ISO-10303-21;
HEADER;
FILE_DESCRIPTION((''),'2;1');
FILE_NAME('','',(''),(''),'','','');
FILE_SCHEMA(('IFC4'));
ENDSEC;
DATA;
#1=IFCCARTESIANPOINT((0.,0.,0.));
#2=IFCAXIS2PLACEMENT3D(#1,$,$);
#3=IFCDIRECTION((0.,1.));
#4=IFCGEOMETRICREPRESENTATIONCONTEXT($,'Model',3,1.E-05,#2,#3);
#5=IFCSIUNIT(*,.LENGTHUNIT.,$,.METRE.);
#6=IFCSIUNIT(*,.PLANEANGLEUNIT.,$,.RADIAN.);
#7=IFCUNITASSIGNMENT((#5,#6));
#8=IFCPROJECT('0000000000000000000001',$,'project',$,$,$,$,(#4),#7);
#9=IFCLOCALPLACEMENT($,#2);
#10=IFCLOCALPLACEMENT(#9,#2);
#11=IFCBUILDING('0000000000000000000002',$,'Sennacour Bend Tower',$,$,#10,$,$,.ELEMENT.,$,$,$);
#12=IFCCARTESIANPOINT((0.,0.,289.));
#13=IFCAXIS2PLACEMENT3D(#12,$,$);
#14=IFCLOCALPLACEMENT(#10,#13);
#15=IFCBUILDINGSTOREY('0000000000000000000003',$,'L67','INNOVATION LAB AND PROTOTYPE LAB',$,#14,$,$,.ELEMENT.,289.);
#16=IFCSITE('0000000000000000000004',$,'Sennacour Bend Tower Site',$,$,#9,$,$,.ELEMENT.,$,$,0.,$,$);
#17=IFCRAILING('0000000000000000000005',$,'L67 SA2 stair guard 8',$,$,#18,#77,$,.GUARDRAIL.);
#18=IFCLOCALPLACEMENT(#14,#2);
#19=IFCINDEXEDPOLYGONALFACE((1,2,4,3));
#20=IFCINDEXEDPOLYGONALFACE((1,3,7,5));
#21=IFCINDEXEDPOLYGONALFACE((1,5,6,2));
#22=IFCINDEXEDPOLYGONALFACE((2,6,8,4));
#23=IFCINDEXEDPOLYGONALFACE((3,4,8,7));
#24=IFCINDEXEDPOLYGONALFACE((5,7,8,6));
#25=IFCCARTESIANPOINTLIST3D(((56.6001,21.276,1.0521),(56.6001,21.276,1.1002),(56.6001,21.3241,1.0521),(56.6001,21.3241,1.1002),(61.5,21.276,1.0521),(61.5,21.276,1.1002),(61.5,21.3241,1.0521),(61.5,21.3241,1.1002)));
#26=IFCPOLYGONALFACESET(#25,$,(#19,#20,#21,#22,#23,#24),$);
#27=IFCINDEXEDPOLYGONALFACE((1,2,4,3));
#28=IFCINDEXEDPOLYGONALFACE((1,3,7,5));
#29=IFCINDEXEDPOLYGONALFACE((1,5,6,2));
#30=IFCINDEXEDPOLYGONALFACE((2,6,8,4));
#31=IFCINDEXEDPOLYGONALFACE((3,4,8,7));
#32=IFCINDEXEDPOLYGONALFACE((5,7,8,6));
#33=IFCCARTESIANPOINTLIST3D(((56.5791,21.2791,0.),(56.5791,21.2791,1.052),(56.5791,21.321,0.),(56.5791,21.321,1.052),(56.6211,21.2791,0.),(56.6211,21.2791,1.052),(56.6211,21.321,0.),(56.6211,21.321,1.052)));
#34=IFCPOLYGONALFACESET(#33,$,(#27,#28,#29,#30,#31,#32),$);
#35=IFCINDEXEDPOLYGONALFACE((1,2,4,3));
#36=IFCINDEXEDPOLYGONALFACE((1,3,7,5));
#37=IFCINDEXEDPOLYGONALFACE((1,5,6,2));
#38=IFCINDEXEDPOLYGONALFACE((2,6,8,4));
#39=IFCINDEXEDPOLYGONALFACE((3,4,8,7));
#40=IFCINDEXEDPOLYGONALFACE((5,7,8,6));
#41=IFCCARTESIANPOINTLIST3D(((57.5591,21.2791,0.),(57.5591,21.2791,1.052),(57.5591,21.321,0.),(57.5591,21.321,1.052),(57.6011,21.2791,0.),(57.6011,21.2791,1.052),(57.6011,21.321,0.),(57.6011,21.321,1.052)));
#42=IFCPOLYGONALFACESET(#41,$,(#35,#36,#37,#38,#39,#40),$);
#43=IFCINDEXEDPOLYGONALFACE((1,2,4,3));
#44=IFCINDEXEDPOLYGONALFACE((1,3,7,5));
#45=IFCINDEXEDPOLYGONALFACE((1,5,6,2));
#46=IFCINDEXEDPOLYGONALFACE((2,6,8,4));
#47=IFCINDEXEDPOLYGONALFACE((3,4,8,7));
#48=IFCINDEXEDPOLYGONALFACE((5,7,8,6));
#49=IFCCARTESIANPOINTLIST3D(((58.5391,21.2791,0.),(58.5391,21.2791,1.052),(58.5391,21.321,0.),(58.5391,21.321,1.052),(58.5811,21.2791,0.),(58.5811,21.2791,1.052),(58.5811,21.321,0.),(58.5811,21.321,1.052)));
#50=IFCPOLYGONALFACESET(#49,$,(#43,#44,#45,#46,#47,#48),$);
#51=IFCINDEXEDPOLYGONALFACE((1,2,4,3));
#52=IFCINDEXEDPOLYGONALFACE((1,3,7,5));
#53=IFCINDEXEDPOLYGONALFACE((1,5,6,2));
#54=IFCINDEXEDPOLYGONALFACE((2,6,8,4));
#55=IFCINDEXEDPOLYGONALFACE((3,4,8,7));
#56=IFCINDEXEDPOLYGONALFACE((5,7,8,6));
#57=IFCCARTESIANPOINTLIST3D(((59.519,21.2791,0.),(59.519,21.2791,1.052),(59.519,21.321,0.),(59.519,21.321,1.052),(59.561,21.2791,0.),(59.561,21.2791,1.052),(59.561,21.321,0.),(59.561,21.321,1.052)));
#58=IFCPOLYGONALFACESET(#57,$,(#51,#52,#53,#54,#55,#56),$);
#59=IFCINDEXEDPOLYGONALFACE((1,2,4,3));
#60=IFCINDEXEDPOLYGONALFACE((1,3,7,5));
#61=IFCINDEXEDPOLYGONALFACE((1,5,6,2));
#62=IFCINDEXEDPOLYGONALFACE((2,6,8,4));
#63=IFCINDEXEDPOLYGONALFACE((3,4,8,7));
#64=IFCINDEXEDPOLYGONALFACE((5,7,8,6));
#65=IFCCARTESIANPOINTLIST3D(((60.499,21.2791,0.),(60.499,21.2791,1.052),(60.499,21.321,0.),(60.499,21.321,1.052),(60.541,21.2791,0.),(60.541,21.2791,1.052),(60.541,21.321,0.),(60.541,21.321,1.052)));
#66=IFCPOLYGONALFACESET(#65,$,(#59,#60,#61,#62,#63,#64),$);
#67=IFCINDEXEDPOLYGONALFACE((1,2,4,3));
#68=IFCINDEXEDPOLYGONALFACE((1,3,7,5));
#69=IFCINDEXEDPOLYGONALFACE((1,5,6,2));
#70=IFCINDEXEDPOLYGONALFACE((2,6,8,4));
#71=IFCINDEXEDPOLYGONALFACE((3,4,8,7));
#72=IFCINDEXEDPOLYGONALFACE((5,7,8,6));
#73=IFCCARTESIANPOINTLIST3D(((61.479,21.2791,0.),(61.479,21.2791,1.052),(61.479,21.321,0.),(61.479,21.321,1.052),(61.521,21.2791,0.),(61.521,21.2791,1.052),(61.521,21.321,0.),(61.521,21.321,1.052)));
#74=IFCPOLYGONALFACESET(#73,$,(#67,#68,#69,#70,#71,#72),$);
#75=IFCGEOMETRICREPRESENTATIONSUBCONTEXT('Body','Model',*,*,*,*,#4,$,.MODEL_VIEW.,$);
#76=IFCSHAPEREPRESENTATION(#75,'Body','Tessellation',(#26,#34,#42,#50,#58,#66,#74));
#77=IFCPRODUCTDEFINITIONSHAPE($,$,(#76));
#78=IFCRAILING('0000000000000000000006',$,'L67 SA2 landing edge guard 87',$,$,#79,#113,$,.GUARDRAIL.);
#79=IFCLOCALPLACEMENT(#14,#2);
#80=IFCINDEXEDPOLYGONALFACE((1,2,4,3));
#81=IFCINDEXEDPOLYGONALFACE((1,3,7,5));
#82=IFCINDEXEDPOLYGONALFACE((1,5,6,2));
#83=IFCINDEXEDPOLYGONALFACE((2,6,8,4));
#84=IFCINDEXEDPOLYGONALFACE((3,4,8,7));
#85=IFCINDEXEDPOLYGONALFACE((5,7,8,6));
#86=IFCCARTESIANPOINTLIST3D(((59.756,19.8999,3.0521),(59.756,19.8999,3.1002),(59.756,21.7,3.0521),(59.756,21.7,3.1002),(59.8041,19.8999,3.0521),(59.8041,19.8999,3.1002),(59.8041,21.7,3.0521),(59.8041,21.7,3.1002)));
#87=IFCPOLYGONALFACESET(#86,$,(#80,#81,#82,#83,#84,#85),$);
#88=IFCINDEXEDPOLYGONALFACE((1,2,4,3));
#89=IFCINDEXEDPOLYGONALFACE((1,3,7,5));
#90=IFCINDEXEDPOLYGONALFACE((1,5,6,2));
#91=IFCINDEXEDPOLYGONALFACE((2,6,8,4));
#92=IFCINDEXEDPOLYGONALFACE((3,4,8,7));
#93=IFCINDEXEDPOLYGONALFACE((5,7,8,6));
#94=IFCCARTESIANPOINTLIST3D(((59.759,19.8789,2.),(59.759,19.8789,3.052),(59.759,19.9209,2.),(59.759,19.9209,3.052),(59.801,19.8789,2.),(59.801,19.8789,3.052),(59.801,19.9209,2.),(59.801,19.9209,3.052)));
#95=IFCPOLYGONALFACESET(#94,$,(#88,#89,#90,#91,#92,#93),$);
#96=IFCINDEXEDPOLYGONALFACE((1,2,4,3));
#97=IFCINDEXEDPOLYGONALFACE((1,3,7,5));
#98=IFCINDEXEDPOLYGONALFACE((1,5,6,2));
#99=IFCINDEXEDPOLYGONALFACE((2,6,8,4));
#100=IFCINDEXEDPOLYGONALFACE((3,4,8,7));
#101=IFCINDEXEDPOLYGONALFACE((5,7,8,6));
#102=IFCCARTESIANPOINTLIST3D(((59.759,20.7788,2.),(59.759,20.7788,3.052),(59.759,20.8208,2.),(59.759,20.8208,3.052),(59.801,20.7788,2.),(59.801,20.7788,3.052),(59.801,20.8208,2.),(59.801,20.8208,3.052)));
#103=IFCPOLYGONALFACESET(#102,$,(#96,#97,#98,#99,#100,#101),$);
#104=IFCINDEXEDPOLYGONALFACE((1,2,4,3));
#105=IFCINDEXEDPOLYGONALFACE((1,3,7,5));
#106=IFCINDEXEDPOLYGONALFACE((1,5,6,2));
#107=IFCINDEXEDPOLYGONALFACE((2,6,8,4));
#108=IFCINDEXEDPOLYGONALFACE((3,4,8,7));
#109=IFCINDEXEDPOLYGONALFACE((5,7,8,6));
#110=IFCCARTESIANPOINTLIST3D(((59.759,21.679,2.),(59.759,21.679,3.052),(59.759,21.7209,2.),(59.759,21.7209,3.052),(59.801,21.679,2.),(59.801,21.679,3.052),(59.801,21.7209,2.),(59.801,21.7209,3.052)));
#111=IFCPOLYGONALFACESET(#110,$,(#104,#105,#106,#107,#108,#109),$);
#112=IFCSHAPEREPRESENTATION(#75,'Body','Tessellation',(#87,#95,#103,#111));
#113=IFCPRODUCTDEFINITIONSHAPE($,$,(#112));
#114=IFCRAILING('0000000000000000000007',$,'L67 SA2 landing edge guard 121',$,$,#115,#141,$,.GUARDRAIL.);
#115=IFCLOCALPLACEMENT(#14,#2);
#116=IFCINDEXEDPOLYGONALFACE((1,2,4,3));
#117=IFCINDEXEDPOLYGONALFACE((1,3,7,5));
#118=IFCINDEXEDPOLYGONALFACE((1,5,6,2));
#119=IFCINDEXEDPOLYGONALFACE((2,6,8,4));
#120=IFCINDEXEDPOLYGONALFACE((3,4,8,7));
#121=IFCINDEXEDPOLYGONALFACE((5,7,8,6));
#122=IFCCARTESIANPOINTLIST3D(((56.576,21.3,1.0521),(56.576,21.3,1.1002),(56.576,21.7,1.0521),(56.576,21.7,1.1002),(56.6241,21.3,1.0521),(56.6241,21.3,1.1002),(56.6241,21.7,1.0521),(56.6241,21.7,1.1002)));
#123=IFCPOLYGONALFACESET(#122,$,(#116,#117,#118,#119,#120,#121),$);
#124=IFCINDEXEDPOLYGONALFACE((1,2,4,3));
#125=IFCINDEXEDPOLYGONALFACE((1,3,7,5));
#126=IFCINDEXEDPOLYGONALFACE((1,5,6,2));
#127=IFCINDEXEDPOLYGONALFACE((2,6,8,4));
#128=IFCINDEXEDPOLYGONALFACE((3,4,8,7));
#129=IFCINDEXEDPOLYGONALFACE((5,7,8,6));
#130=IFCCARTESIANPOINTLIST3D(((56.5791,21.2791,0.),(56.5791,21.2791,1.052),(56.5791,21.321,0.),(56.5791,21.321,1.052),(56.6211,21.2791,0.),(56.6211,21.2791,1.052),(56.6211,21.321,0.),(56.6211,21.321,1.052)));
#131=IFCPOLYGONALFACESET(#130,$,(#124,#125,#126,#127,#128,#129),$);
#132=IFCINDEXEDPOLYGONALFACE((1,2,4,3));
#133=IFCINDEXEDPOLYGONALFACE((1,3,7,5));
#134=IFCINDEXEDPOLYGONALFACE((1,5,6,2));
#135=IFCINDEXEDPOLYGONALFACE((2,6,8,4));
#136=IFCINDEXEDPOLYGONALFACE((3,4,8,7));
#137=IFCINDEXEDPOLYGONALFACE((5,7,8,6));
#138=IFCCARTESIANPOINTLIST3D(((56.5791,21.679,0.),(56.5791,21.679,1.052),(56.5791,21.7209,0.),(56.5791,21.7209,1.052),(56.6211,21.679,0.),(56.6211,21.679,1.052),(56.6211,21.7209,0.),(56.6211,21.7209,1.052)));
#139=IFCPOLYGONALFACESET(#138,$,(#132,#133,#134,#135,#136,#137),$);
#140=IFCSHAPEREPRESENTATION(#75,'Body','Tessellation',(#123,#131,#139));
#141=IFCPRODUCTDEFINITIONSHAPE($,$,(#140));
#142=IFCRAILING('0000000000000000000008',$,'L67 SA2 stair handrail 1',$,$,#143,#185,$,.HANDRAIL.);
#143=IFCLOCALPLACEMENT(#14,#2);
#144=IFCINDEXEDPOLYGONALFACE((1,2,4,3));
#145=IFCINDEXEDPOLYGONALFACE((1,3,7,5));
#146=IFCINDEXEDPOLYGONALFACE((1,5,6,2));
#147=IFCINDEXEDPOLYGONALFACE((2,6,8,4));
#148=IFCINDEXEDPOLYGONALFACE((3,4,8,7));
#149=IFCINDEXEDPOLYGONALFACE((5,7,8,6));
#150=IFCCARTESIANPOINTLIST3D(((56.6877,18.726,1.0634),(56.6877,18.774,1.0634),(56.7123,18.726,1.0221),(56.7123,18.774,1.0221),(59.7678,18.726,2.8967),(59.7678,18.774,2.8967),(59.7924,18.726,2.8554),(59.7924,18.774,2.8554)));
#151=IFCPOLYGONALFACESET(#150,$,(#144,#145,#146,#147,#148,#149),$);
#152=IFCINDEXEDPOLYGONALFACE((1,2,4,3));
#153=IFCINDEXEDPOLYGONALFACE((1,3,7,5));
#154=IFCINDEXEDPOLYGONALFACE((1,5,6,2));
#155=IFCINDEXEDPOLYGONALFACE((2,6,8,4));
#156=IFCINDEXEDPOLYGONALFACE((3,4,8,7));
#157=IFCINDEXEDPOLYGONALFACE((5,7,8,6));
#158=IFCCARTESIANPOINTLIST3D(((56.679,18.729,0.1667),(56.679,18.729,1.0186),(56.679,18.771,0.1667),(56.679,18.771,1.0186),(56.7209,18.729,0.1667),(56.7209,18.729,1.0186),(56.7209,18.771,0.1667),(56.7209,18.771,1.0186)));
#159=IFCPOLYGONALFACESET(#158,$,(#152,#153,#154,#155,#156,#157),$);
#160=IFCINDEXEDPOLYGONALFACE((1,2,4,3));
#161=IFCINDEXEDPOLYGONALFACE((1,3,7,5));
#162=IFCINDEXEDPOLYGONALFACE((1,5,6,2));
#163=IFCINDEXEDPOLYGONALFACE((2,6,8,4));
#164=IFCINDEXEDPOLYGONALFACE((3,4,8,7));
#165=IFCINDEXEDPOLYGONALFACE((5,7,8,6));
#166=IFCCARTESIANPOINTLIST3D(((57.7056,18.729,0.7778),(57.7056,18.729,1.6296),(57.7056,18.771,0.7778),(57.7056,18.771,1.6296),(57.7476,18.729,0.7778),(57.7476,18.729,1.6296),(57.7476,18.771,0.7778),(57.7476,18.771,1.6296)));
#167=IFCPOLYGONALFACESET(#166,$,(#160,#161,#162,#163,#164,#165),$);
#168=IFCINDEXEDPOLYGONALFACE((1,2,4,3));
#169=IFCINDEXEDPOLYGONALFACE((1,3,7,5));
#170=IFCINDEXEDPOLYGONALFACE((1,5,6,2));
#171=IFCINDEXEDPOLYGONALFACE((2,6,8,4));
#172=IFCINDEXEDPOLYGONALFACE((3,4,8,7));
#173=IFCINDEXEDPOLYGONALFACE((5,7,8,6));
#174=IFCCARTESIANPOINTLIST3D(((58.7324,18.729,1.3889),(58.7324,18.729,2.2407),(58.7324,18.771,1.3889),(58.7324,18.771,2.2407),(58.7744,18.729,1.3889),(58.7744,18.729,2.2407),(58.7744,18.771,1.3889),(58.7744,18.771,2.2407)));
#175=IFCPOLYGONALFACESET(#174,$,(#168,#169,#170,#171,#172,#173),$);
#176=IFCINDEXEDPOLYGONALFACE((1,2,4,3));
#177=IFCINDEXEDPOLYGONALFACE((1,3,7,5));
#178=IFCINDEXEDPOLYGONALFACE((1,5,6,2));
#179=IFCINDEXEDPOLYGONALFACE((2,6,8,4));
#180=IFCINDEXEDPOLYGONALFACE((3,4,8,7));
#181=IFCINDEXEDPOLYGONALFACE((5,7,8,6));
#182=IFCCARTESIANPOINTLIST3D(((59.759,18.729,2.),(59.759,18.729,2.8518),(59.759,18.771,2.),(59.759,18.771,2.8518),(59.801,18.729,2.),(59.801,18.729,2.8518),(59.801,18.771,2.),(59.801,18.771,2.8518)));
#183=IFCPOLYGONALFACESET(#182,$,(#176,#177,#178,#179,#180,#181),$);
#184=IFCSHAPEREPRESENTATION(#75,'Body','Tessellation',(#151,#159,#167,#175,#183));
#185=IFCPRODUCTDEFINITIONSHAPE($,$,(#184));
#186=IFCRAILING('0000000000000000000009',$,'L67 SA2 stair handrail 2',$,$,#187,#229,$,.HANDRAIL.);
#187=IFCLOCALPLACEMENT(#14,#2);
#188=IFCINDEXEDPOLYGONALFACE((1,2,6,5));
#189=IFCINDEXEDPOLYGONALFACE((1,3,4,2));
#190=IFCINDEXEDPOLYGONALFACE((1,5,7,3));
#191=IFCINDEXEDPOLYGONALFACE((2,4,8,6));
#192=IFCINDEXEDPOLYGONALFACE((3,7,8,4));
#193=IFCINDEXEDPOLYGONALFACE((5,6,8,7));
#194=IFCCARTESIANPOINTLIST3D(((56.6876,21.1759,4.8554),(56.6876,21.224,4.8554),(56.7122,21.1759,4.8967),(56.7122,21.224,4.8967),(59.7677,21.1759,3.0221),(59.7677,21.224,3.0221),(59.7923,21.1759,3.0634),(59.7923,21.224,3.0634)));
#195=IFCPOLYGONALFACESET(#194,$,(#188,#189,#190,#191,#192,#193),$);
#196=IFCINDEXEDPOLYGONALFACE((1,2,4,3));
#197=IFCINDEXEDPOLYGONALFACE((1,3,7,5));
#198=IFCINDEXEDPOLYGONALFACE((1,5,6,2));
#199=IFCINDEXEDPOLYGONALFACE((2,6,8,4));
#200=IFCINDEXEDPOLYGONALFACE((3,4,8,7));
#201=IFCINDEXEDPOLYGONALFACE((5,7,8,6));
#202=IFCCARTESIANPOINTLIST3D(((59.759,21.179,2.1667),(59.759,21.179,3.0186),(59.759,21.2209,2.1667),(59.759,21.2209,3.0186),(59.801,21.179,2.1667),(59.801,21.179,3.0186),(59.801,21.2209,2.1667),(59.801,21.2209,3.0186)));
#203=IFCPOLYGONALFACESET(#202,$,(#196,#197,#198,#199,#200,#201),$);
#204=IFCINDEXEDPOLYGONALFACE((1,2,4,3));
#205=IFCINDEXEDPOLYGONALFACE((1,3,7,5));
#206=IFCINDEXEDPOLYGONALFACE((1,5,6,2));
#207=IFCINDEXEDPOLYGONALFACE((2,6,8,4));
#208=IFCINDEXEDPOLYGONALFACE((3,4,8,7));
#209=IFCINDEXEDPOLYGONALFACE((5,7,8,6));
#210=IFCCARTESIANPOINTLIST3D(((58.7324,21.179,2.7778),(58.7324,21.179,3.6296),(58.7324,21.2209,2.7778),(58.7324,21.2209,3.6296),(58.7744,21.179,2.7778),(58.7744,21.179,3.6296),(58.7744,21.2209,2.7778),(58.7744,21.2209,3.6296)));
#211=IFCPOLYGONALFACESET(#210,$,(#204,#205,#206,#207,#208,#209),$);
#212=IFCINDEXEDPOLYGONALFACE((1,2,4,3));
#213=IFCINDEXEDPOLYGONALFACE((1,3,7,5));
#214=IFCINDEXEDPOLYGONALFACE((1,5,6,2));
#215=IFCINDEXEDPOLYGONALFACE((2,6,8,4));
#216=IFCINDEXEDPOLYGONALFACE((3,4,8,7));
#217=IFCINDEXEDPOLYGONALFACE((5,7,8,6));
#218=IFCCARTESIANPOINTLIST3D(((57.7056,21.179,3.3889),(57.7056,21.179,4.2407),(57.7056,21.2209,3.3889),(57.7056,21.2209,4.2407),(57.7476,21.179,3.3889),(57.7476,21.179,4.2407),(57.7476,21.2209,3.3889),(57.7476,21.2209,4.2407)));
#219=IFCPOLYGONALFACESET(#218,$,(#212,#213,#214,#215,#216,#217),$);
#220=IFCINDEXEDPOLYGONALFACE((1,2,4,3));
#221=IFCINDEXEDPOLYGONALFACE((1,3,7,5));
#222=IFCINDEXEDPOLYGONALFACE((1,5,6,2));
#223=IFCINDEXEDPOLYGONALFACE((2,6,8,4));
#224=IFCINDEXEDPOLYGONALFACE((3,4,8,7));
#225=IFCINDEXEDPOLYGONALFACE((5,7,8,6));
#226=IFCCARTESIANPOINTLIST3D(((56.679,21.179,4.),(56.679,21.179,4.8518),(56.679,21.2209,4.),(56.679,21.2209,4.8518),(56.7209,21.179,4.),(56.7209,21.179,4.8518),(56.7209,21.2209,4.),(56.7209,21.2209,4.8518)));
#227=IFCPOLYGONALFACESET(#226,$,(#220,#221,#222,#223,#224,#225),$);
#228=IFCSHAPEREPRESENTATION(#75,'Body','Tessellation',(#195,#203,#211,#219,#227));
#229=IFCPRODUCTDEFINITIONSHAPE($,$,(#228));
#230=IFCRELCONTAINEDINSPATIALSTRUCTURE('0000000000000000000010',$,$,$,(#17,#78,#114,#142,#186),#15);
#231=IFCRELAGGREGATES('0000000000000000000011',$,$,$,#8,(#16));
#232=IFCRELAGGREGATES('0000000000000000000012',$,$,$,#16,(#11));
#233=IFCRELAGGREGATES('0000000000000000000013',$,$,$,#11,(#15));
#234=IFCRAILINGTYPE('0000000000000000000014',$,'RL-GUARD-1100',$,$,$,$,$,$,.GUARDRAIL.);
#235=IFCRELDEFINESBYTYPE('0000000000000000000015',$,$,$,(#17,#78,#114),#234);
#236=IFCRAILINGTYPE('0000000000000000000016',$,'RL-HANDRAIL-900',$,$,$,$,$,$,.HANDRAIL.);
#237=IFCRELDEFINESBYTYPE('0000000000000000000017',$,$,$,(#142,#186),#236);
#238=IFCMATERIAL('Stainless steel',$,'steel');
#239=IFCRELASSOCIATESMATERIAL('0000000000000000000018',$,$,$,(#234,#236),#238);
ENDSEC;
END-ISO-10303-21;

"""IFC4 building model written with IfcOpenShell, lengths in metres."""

from ifc_helpers import new_model, si_unit, direction, frame, origin, origin_2d, place, context, subcontext, project, spatial, rectangle, extrude, material, type_object, element, save


model = new_model("IFC4")

# Units and contexts
model_context = context("Model", 3, precision=1e-05, world=origin(), true_north=direction((0.0, 1.0)))
body_context = subcontext(model_context, "Body", "Model", "MODEL_VIEW")
ifc_project = project(units=[si_unit("LENGTHUNIT", "METRE"), si_unit("PLANEANGLEUNIT", "RADIAN")], contexts=[model_context])

# Site, building, storey
site_placement = place(None, origin())
site = spatial("IfcSite", under=ifc_project, at=site_placement, Name="Sennacour Bend Tower Site", CompositionType="ELEMENT", RefElevation=0.0)
building_placement = place(site_placement, origin())
building = spatial("IfcBuilding", under=site, at=building_placement, Name="Sennacour Bend Tower", CompositionType="ELEMENT")
storey_placement = place(building_placement, frame((0.0, 0.0, 289.0)))
storey = spatial("IfcBuildingStorey", under=building, at=storey_placement, Name="L67", Description="INNOVATION LAB AND PROTOTYPE LAB", CompositionType="ELEMENT", Elevation=289.0)

# Railings
ifc_material_1 = material(Name="Stainless steel", Category="steel")
railing_type_1 = type_object("IfcRailingType", Name="RL-GUARD-1100", PredefinedType="GUARDRAIL", material=ifc_material_1)
railing_1_placement = place(storey_placement, frame((56.6001, 21.3, 0.0)))
element("IfcRailing", 1, at=railing_1_placement, inside=storey, type_object=railing_type_1, Name="L67 SA2 stair guard 8", PredefinedType="GUARDRAIL", context=body_context, shape_type="SweptSolid", body=[
    extrude(rectangle(XDim=0.0481, YDim=0.0481, at=origin_2d()), frame((0.0, 0.0, 1.0762), z_axis=(1.0, 0.0, 0.0), x_axis=(0.0, 1.0, 0.0)), (0.0, 0.0, 1.0), 4.8999),
    extrude(rectangle(XDim=0.042, YDim=0.042, at=origin_2d()), origin(), (0.0, 0.0, 1.0), 1.052),
    extrude(rectangle(XDim=0.042, YDim=0.042, at=origin_2d()), frame((0.98, 0.0, 0.0)), (0.0, 0.0, 1.0), 1.052),
    extrude(rectangle(XDim=0.042, YDim=0.042, at=origin_2d()), frame((1.96, 0.0, 0.0)), (0.0, 0.0, 1.0), 1.052),
    extrude(rectangle(XDim=0.042, YDim=0.042, at=origin_2d()), frame((2.9399, 0.0, 0.0)), (0.0, 0.0, 1.0), 1.052),
    extrude(rectangle(XDim=0.042, YDim=0.042, at=origin_2d()), frame((3.9199, 0.0, 0.0)), (0.0, 0.0, 1.0), 1.052),
    extrude(rectangle(XDim=0.042, YDim=0.042, at=origin_2d()), frame((4.8999, 0.0, 0.0)), (0.0, 0.0, 1.0), 1.052),
])
railing_2_placement = place(storey_placement, frame((59.78, 19.8999, 2.0)))
element("IfcRailing", 2, at=railing_2_placement, inside=storey, type_object=railing_type_1, Name="L67 SA2 landing edge guard 87", PredefinedType="GUARDRAIL", context=body_context, shape_type="SweptSolid", body=[
    extrude(rectangle(XDim=0.0481, YDim=0.0481, at=origin_2d()), frame((0.0, 0.0, 1.0762), z_axis=(0.0, 1.0, 0.0), x_axis=(-1.0, 0.0, 0.0)), (0.0, 0.0, 1.0), 1.8),
    extrude(rectangle(XDim=0.042, YDim=0.042, at=origin_2d()), origin(), (0.0, 0.0, 1.0), 1.052),
    extrude(rectangle(XDim=0.042, YDim=0.042, at=origin_2d()), frame((0.0, 0.8999, 0.0)), (0.0, 0.0, 1.0), 1.052),
    extrude(rectangle(XDim=0.042, YDim=0.042, at=origin_2d()), frame((0.0, 1.8, 0.0)), (0.0, 0.0, 1.0), 1.052),
])
railing_3_placement = place(storey_placement, frame((56.6001, 21.3, 0.0)))
element("IfcRailing", 3, at=railing_3_placement, inside=storey, type_object=railing_type_1, Name="L67 SA2 landing edge guard 121", PredefinedType="GUARDRAIL", context=body_context, shape_type="SweptSolid", body=[
    extrude(rectangle(XDim=0.0481, YDim=0.0481, at=origin_2d()), frame((0.0, 0.0, 1.0762), z_axis=(0.0, 1.0, 0.0), x_axis=(-1.0, 0.0, 0.0)), (0.0, 0.0, 1.0), 0.3999),
    extrude(rectangle(XDim=0.042, YDim=0.042, at=origin_2d()), origin(), (0.0, 0.0, 1.0), 1.052),
    extrude(rectangle(XDim=0.042, YDim=0.042, at=origin_2d()), frame((0.0, 0.3999, 0.0)), (0.0, 0.0, 1.0), 1.052),
])
railing_type_2 = type_object("IfcRailingType", Name="RL-HANDRAIL-900", PredefinedType="HANDRAIL", material=ifc_material_1)
railing_4_placement = place(storey_placement, frame((56.7, 18.75, 0.1667)))
element("IfcRailing", 4, at=railing_4_placement, inside=storey, type_object=railing_type_2, Name="L67 SA2 stair handrail 1", PredefinedType="HANDRAIL", context=body_context, shape_type="SweptSolid", body=[
    extrude(rectangle(XDim=0.0481, YDim=0.0481, at=origin_2d()), frame((0.0, 0.0, 0.876), z_axis=(0.859309, 0.0, 0.511458), x_axis=(0.0, 1.0, 0.0)), (0.0, 0.0, 1.0), 3.5845),
    extrude(rectangle(XDim=0.042, YDim=0.042, at=origin_2d()), origin(), (0.0, 0.0, 1.0), 0.8518),
    extrude(rectangle(XDim=0.042, YDim=0.042, at=origin_2d()), frame((1.0266, 0.0, 0.6111)), (0.0, 0.0, 1.0), 0.8518),
    extrude(rectangle(XDim=0.042, YDim=0.042, at=origin_2d()), frame((2.0535, 0.0, 1.2222)), (0.0, 0.0, 1.0), 0.8518),
    extrude(rectangle(XDim=0.042, YDim=0.042, at=origin_2d()), frame((3.0801, 0.0, 1.8333)), (0.0, 0.0, 1.0), 0.8518),
])
railing_5_placement = place(storey_placement, frame((59.78, 21.2, 2.1667)))
element("IfcRailing", 5, at=railing_5_placement, inside=storey, type_object=railing_type_2, Name="L67 SA2 stair handrail 2", PredefinedType="HANDRAIL", context=body_context, shape_type="SweptSolid", body=[
    extrude(rectangle(XDim=0.0481, YDim=0.0481, at=origin_2d()), frame((0.0, 0.0, 0.876), z_axis=(-0.859309, 0.0, 0.511458), x_axis=(0.0, -1.0, 0.0)), (0.0, 0.0, 1.0), 3.5845),
    extrude(rectangle(XDim=0.042, YDim=0.042, at=origin_2d()), origin(), (0.0, 0.0, 1.0), 0.8518),
    extrude(rectangle(XDim=0.042, YDim=0.042, at=origin_2d()), frame((-1.0266, 0.0, 0.6111)), (0.0, 0.0, 1.0), 0.8518),
    extrude(rectangle(XDim=0.042, YDim=0.042, at=origin_2d()), frame((-2.0535, 0.0, 1.2222)), (0.0, 0.0, 1.0), 0.8518),
    extrude(rectangle(XDim=0.042, YDim=0.042, at=origin_2d()), frame((-3.0801, 0.0, 1.8333)), (0.0, 0.0, 1.0), 0.8518),
])

save(model, "model.ifc")
